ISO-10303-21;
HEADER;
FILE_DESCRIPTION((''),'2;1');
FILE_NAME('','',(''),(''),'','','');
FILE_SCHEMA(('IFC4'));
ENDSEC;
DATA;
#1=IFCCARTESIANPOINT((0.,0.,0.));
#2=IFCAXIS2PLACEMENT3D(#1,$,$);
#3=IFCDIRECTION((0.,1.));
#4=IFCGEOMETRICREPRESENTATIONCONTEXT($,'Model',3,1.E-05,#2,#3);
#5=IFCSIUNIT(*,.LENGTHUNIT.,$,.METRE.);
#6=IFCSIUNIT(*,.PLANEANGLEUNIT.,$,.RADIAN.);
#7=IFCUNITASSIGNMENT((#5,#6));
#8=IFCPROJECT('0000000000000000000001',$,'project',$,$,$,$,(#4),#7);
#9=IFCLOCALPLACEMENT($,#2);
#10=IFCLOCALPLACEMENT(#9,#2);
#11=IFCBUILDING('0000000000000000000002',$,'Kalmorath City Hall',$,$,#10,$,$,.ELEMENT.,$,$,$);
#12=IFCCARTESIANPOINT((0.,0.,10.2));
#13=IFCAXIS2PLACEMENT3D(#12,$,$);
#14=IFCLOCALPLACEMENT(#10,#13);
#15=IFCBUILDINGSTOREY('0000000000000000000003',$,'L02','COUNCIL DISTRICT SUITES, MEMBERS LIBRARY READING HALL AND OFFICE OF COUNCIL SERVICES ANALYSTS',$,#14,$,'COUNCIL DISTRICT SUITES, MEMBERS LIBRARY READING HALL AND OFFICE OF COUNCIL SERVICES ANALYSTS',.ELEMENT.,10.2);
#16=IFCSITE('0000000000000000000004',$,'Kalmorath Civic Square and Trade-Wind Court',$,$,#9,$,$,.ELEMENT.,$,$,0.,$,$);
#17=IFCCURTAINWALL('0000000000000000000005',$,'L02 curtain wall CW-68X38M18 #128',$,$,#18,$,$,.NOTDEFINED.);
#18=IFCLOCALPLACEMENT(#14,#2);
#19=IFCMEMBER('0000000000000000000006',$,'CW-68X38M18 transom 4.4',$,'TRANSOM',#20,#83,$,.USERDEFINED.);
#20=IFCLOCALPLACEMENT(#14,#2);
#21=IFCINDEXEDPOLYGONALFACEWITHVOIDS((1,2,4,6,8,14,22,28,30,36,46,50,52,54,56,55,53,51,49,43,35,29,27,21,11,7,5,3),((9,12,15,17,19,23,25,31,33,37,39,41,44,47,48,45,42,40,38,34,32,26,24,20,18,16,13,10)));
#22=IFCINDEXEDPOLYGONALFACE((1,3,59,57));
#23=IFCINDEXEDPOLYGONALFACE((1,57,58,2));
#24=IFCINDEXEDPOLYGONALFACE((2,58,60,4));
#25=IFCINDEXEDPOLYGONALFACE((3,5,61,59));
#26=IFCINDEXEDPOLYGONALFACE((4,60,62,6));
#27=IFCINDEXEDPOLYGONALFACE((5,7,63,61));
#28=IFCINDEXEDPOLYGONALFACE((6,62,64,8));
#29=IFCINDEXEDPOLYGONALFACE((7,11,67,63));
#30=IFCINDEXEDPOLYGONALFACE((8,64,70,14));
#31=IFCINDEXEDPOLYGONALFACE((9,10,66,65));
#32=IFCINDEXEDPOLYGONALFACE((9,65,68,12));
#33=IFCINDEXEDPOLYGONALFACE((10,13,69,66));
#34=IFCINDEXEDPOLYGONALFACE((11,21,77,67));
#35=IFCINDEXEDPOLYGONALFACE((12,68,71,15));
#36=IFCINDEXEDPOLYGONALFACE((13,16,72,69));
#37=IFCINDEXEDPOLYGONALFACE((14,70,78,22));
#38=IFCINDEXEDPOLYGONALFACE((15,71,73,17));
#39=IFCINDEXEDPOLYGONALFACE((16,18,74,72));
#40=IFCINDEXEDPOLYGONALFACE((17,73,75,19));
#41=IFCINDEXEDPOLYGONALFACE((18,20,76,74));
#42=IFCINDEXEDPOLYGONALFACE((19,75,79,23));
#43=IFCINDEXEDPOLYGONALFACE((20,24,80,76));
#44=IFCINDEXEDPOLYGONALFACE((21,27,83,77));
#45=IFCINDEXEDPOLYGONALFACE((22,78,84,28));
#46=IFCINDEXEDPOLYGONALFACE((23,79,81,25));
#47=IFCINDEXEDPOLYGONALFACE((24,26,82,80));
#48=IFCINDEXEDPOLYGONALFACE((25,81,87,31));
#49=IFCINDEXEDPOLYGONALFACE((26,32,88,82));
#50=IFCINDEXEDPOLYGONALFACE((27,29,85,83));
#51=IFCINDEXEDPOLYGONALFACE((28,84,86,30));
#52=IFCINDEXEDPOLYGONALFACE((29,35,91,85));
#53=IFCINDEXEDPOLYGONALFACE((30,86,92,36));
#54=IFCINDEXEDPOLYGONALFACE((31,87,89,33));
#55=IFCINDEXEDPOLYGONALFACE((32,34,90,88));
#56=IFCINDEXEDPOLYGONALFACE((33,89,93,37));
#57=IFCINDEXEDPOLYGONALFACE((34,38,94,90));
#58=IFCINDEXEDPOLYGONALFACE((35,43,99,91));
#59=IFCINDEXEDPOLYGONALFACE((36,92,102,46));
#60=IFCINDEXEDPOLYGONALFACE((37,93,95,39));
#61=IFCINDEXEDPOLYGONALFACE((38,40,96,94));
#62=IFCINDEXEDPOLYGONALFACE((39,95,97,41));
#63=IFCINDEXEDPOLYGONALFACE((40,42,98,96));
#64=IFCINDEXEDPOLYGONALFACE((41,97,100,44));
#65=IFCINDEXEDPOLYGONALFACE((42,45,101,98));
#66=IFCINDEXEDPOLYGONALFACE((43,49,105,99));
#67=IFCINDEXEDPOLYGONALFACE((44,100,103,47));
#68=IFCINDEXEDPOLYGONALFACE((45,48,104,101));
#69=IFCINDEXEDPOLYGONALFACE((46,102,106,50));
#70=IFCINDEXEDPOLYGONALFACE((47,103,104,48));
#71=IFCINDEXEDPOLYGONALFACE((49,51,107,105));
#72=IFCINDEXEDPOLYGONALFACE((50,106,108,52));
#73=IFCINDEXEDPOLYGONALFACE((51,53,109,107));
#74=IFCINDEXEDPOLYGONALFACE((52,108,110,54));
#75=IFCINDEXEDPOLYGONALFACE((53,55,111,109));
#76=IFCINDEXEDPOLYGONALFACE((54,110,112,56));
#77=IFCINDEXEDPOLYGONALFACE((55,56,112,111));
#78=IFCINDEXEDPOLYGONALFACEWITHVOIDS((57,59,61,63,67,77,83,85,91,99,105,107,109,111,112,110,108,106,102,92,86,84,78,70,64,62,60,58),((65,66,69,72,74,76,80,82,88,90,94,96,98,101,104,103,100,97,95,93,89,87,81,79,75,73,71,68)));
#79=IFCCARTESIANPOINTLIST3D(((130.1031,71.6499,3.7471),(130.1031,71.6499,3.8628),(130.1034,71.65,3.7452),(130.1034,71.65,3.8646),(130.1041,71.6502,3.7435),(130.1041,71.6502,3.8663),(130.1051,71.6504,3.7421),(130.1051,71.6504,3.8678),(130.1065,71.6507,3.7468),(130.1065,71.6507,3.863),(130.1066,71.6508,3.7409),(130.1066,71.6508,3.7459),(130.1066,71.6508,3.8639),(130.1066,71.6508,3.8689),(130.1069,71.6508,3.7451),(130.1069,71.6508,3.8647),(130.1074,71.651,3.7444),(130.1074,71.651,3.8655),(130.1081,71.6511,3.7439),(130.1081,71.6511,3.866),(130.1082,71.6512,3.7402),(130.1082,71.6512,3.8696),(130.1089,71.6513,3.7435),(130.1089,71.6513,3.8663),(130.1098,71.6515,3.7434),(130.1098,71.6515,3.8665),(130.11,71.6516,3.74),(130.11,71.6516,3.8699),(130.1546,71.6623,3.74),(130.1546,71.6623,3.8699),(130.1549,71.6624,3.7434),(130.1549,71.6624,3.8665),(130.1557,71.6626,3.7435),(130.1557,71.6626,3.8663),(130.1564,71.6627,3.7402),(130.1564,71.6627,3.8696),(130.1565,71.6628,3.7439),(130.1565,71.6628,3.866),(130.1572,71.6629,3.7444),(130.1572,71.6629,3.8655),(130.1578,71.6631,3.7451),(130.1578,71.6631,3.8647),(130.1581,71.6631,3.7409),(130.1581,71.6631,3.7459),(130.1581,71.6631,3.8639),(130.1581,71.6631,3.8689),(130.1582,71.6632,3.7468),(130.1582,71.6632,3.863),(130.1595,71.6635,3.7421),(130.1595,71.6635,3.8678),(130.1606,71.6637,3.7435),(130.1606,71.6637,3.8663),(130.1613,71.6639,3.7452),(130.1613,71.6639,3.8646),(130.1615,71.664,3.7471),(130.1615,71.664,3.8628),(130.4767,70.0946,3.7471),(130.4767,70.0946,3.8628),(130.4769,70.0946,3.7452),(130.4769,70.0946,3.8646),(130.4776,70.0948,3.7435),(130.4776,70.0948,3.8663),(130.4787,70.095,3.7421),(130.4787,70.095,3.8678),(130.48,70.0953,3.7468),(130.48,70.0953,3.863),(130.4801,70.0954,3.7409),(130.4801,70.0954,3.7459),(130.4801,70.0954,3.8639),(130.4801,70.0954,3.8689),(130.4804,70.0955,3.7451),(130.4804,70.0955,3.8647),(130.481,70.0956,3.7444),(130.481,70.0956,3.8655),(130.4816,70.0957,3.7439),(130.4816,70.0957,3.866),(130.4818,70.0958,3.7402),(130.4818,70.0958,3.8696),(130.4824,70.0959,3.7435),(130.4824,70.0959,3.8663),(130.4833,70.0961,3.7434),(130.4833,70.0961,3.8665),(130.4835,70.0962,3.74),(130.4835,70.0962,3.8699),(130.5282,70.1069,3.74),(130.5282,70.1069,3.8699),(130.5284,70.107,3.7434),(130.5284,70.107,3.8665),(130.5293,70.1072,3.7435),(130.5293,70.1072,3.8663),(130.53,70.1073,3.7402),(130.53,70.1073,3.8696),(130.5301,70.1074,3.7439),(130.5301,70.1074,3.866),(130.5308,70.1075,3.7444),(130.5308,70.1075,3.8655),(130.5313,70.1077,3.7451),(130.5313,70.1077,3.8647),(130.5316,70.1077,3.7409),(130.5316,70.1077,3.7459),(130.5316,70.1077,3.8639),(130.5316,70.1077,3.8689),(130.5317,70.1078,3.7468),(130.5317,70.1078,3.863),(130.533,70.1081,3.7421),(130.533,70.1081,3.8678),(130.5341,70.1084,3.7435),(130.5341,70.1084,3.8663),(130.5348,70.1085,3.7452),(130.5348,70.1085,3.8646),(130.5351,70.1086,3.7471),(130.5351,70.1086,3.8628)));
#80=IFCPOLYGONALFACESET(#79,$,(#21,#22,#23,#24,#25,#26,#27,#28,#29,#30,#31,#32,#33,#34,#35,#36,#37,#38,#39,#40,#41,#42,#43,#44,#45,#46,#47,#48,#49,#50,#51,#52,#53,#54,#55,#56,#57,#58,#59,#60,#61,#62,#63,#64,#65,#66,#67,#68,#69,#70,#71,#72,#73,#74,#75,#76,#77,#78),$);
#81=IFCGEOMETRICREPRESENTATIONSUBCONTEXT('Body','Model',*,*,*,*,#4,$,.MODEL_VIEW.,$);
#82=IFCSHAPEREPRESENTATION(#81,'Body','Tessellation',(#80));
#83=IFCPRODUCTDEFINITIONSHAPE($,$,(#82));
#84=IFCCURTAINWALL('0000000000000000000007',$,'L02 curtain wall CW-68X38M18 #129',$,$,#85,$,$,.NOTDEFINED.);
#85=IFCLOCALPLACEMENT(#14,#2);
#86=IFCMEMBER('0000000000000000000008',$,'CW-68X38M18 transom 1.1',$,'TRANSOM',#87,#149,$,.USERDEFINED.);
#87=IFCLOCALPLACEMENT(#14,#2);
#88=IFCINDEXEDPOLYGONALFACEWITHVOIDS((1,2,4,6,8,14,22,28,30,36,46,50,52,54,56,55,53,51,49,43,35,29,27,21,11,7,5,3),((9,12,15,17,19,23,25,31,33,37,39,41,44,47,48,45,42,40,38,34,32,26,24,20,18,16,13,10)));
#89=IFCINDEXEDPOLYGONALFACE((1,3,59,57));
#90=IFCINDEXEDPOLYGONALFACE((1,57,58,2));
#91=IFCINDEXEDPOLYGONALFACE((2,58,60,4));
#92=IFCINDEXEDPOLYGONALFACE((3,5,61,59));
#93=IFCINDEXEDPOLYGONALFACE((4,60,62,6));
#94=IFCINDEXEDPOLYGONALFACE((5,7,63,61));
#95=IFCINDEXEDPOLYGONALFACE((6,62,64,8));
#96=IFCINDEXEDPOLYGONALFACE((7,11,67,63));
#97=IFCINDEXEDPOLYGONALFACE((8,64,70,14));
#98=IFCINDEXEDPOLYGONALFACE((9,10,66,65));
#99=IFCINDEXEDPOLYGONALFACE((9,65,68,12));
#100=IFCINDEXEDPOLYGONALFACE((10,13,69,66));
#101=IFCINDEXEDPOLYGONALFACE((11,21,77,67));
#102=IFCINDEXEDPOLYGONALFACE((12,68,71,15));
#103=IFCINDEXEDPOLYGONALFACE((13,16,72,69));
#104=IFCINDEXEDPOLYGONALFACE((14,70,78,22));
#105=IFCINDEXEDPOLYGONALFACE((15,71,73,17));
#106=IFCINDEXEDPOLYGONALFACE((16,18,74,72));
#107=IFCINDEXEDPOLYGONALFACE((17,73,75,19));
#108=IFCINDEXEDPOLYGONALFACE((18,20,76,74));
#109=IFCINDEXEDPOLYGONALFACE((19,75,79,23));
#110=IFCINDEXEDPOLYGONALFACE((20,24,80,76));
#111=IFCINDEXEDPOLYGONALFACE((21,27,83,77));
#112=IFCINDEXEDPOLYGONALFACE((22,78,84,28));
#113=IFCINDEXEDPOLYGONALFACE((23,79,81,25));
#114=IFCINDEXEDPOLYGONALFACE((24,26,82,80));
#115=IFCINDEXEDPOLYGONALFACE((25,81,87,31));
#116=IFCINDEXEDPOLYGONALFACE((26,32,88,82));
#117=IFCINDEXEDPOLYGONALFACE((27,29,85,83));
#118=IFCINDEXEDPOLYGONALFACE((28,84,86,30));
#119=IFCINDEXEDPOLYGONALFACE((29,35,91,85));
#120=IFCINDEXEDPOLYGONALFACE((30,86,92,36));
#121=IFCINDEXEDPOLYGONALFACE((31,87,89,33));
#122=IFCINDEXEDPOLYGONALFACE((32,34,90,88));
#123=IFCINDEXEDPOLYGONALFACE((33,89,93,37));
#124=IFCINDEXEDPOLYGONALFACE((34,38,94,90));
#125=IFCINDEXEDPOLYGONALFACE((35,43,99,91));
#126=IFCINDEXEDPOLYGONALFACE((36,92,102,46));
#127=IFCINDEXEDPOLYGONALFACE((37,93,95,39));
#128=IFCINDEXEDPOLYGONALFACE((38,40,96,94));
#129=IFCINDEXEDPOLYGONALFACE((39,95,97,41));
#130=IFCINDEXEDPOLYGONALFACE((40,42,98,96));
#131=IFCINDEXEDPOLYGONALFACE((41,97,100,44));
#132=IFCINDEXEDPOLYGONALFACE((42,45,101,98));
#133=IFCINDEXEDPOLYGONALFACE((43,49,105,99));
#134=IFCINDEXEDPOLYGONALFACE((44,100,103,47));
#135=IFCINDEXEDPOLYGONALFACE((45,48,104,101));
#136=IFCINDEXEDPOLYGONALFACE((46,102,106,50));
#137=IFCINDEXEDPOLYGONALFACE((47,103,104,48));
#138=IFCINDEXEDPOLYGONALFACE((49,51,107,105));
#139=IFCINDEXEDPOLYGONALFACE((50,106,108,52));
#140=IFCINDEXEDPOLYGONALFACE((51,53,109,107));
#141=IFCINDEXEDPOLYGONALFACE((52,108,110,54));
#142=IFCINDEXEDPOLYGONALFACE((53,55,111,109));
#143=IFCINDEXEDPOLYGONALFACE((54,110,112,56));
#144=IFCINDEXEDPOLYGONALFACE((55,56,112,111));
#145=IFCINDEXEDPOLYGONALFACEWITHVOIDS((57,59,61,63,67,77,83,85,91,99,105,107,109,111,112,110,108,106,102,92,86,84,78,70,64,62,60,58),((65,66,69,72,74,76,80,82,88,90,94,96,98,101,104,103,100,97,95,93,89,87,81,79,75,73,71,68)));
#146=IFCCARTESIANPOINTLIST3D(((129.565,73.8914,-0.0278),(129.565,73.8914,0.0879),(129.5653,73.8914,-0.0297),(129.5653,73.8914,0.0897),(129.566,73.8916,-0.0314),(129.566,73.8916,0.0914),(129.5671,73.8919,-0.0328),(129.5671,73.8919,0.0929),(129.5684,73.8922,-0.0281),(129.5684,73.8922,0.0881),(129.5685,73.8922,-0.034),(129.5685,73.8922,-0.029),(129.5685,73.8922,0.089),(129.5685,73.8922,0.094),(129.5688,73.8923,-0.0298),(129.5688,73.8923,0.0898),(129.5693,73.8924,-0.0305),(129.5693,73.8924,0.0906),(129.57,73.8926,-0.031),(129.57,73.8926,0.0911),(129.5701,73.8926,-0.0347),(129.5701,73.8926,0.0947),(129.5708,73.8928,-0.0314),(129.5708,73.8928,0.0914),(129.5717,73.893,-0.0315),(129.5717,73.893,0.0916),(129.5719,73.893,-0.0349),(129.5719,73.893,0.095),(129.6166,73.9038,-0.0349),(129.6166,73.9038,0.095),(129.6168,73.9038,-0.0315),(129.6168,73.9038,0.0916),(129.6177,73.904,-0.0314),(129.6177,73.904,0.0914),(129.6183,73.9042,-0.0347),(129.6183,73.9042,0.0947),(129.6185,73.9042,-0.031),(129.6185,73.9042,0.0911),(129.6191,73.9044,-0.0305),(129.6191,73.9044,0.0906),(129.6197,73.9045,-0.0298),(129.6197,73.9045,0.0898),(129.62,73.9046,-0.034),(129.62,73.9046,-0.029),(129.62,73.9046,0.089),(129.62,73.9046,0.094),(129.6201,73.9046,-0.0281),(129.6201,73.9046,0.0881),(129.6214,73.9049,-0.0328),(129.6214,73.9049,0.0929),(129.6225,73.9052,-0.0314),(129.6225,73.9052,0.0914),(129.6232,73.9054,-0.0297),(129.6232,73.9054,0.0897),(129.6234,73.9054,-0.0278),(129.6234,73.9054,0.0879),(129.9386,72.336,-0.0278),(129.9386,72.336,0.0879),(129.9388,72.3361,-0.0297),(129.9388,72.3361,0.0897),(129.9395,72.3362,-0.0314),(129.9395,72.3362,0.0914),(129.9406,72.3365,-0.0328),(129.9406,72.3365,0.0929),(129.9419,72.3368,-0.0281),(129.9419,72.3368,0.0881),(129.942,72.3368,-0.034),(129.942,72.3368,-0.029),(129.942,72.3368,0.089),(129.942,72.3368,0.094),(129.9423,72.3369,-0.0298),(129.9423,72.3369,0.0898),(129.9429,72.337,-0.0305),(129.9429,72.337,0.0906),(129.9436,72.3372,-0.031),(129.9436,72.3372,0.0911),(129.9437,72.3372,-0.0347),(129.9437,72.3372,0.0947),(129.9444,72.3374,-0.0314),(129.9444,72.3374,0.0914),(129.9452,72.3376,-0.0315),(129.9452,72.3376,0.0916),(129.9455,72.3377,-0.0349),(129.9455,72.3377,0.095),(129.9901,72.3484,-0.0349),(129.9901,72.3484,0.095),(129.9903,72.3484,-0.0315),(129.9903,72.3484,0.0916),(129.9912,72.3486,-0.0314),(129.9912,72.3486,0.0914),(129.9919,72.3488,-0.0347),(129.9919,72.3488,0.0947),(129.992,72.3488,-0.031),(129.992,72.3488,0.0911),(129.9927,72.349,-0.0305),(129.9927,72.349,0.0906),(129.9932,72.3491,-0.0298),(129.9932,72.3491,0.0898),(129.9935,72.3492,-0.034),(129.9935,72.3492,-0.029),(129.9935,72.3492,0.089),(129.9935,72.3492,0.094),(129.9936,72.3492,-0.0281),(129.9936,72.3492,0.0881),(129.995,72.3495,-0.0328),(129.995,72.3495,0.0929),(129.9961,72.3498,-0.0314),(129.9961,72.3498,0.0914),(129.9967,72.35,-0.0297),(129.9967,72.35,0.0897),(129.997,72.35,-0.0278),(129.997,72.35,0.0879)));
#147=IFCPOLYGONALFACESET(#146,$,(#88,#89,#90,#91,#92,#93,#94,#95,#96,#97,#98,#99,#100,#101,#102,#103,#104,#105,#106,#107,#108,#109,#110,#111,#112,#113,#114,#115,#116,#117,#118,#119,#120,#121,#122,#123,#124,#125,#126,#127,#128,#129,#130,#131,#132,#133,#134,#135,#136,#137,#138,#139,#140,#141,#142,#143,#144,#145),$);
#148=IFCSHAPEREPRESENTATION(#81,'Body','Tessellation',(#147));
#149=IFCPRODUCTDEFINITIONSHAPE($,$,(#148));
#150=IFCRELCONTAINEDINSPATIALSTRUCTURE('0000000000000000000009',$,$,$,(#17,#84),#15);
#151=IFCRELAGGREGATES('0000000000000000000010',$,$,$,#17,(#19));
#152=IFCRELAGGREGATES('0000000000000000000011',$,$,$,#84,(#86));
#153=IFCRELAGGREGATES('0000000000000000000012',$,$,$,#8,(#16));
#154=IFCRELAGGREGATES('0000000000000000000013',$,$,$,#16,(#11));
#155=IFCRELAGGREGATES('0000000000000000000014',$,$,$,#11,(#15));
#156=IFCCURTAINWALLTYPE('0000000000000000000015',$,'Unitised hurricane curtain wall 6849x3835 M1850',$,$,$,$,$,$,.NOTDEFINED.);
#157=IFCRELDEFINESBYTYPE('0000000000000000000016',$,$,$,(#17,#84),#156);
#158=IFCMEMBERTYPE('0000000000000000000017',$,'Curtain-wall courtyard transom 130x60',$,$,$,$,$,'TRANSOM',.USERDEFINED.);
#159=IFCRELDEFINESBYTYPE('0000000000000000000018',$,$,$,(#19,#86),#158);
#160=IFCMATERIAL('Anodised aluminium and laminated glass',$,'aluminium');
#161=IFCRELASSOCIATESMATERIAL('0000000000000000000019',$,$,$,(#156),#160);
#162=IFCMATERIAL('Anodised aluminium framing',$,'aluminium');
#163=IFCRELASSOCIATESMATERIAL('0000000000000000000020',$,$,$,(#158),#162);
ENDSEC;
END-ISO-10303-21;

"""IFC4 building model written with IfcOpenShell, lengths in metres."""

from ifc_helpers import new_model, si_unit, direction, frame, origin, origin_2d, place, context, subcontext, project, spatial, hollow_rectangle, extrude, material, material_profile, profile_set, type_object, element, aggregate, save


model = new_model("IFC4")

# Units and contexts
model_context = context("Model", 3, precision=1e-05, world=origin(), true_north=direction((0.0, 1.0)))
body_context = subcontext(model_context, "Body", "Model", "MODEL_VIEW")
ifc_project = project(units=[si_unit("LENGTHUNIT", "METRE"), si_unit("PLANEANGLEUNIT", "RADIAN")], contexts=[model_context])

# Site, building, storey
site_placement = place(None, origin())
site = spatial("IfcSite", under=ifc_project, at=site_placement, Name="Kalmorath Civic Square and Trade-Wind Court", CompositionType="ELEMENT", RefElevation=0.0)
building_placement = place(site_placement, origin())
building = spatial("IfcBuilding", under=site, at=building_placement, Name="Kalmorath City Hall", CompositionType="ELEMENT")
storey_placement = place(building_placement, frame((0.0, 0.0, 10.2)))
storey = spatial("IfcBuildingStorey", under=building, at=storey_placement, Name="L02", Description="COUNCIL DISTRICT SUITES, MEMBERS LIBRARY READING HALL AND OFFICE OF COUNCIL SERVICES ANALYSTS", LongName="COUNCIL DISTRICT SUITES, MEMBERS LIBRARY READING HALL AND OFFICE OF COUNCIL SERVICES ANALYSTS", CompositionType="ELEMENT", Elevation=10.2)

# Curtain walls, members
ifc_material_1 = material(Name="Anodised aluminium and laminated glass", Category="aluminium")
curtain_wall_type = type_object("IfcCurtainWallType", Name="Unitised hurricane curtain wall 6849x3835 M1850", PredefinedType="NOTDEFINED", material=ifc_material_1)
curtain_wall_1_placement = place(storey_placement, origin())
curtain_wall_1 = element("IfcCurtainWall", 1, at=curtain_wall_1_placement, inside=storey, type_object=curtain_wall_type, Name="L02 curtain wall CW-68X38M18 #128", PredefinedType="NOTDEFINED")
ifc_material_2 = material(Name="Anodised aluminium framing", Category="aluminium")
ifc_material_profile_1 = material_profile(ifc_material_2, hollow_rectangle(XDim=0.0601, YDim=0.1299, WallThickness=0.0034, InnerFilletRadius=0.0034, OuterFilletRadius=0.0071, at=origin_2d()), Name="ALU-TRN-130X60X3.5")
ifc_profile_set_1 = profile_set([ifc_material_profile_1], Name="Anodised aluminium framing")
member_type_1 = type_object("IfcMemberType", Name="Curtain-wall courtyard transom 130x60", ElementType="TRANSOM", PredefinedType="USERDEFINED", material=ifc_profile_set_1)
member_1_placement = place(storey_placement, frame((130.5059, 70.1016, 3.8049), z_axis=(-0.233511, 0.972354, 0.0), x_axis=(-0.972354, -0.233511, 0.0)))
member_1 = element("IfcMember", 2, at=member_1_placement, type_object=member_type_1, Name="CW-68X38M18 transom 4.4", ObjectType="TRANSOM", PredefinedType="USERDEFINED", context=body_context, shape_type="SweptSolid", body=[
    extrude(hollow_rectangle(XDim=0.0601, YDim=0.1299, WallThickness=0.0034, InnerFilletRadius=0.0034, OuterFilletRadius=0.0071, at=origin_2d()), origin(), (0.0, 0.0, 1.0), 1.5996),
])
curtain_wall_2_placement = place(storey_placement, origin())
curtain_wall_2 = element("IfcCurtainWall", 3, at=curtain_wall_2_placement, inside=storey, type_object=curtain_wall_type, Name="L02 curtain wall CW-68X38M18 #129", PredefinedType="NOTDEFINED")
member_2_placement = place(storey_placement, frame((129.9678, 72.343, 0.03), z_axis=(-0.233511, 0.972354, 0.0), x_axis=(-0.972354, -0.233511, 0.0)))
member_2 = element("IfcMember", 4, at=member_2_placement, type_object=member_type_1, Name="CW-68X38M18 transom 1.1", ObjectType="TRANSOM", PredefinedType="USERDEFINED", context=body_context, shape_type="SweptSolid", body=[
    extrude(hollow_rectangle(XDim=0.0601, YDim=0.1299, WallThickness=0.0034, InnerFilletRadius=0.0034, OuterFilletRadius=0.0071, at=origin_2d()), origin(), (0.0, 0.0, 1.0), 1.5996),
])

aggregate(curtain_wall_1, [member_1])
aggregate(curtain_wall_2, [member_2])

save(model, "model.ifc")
